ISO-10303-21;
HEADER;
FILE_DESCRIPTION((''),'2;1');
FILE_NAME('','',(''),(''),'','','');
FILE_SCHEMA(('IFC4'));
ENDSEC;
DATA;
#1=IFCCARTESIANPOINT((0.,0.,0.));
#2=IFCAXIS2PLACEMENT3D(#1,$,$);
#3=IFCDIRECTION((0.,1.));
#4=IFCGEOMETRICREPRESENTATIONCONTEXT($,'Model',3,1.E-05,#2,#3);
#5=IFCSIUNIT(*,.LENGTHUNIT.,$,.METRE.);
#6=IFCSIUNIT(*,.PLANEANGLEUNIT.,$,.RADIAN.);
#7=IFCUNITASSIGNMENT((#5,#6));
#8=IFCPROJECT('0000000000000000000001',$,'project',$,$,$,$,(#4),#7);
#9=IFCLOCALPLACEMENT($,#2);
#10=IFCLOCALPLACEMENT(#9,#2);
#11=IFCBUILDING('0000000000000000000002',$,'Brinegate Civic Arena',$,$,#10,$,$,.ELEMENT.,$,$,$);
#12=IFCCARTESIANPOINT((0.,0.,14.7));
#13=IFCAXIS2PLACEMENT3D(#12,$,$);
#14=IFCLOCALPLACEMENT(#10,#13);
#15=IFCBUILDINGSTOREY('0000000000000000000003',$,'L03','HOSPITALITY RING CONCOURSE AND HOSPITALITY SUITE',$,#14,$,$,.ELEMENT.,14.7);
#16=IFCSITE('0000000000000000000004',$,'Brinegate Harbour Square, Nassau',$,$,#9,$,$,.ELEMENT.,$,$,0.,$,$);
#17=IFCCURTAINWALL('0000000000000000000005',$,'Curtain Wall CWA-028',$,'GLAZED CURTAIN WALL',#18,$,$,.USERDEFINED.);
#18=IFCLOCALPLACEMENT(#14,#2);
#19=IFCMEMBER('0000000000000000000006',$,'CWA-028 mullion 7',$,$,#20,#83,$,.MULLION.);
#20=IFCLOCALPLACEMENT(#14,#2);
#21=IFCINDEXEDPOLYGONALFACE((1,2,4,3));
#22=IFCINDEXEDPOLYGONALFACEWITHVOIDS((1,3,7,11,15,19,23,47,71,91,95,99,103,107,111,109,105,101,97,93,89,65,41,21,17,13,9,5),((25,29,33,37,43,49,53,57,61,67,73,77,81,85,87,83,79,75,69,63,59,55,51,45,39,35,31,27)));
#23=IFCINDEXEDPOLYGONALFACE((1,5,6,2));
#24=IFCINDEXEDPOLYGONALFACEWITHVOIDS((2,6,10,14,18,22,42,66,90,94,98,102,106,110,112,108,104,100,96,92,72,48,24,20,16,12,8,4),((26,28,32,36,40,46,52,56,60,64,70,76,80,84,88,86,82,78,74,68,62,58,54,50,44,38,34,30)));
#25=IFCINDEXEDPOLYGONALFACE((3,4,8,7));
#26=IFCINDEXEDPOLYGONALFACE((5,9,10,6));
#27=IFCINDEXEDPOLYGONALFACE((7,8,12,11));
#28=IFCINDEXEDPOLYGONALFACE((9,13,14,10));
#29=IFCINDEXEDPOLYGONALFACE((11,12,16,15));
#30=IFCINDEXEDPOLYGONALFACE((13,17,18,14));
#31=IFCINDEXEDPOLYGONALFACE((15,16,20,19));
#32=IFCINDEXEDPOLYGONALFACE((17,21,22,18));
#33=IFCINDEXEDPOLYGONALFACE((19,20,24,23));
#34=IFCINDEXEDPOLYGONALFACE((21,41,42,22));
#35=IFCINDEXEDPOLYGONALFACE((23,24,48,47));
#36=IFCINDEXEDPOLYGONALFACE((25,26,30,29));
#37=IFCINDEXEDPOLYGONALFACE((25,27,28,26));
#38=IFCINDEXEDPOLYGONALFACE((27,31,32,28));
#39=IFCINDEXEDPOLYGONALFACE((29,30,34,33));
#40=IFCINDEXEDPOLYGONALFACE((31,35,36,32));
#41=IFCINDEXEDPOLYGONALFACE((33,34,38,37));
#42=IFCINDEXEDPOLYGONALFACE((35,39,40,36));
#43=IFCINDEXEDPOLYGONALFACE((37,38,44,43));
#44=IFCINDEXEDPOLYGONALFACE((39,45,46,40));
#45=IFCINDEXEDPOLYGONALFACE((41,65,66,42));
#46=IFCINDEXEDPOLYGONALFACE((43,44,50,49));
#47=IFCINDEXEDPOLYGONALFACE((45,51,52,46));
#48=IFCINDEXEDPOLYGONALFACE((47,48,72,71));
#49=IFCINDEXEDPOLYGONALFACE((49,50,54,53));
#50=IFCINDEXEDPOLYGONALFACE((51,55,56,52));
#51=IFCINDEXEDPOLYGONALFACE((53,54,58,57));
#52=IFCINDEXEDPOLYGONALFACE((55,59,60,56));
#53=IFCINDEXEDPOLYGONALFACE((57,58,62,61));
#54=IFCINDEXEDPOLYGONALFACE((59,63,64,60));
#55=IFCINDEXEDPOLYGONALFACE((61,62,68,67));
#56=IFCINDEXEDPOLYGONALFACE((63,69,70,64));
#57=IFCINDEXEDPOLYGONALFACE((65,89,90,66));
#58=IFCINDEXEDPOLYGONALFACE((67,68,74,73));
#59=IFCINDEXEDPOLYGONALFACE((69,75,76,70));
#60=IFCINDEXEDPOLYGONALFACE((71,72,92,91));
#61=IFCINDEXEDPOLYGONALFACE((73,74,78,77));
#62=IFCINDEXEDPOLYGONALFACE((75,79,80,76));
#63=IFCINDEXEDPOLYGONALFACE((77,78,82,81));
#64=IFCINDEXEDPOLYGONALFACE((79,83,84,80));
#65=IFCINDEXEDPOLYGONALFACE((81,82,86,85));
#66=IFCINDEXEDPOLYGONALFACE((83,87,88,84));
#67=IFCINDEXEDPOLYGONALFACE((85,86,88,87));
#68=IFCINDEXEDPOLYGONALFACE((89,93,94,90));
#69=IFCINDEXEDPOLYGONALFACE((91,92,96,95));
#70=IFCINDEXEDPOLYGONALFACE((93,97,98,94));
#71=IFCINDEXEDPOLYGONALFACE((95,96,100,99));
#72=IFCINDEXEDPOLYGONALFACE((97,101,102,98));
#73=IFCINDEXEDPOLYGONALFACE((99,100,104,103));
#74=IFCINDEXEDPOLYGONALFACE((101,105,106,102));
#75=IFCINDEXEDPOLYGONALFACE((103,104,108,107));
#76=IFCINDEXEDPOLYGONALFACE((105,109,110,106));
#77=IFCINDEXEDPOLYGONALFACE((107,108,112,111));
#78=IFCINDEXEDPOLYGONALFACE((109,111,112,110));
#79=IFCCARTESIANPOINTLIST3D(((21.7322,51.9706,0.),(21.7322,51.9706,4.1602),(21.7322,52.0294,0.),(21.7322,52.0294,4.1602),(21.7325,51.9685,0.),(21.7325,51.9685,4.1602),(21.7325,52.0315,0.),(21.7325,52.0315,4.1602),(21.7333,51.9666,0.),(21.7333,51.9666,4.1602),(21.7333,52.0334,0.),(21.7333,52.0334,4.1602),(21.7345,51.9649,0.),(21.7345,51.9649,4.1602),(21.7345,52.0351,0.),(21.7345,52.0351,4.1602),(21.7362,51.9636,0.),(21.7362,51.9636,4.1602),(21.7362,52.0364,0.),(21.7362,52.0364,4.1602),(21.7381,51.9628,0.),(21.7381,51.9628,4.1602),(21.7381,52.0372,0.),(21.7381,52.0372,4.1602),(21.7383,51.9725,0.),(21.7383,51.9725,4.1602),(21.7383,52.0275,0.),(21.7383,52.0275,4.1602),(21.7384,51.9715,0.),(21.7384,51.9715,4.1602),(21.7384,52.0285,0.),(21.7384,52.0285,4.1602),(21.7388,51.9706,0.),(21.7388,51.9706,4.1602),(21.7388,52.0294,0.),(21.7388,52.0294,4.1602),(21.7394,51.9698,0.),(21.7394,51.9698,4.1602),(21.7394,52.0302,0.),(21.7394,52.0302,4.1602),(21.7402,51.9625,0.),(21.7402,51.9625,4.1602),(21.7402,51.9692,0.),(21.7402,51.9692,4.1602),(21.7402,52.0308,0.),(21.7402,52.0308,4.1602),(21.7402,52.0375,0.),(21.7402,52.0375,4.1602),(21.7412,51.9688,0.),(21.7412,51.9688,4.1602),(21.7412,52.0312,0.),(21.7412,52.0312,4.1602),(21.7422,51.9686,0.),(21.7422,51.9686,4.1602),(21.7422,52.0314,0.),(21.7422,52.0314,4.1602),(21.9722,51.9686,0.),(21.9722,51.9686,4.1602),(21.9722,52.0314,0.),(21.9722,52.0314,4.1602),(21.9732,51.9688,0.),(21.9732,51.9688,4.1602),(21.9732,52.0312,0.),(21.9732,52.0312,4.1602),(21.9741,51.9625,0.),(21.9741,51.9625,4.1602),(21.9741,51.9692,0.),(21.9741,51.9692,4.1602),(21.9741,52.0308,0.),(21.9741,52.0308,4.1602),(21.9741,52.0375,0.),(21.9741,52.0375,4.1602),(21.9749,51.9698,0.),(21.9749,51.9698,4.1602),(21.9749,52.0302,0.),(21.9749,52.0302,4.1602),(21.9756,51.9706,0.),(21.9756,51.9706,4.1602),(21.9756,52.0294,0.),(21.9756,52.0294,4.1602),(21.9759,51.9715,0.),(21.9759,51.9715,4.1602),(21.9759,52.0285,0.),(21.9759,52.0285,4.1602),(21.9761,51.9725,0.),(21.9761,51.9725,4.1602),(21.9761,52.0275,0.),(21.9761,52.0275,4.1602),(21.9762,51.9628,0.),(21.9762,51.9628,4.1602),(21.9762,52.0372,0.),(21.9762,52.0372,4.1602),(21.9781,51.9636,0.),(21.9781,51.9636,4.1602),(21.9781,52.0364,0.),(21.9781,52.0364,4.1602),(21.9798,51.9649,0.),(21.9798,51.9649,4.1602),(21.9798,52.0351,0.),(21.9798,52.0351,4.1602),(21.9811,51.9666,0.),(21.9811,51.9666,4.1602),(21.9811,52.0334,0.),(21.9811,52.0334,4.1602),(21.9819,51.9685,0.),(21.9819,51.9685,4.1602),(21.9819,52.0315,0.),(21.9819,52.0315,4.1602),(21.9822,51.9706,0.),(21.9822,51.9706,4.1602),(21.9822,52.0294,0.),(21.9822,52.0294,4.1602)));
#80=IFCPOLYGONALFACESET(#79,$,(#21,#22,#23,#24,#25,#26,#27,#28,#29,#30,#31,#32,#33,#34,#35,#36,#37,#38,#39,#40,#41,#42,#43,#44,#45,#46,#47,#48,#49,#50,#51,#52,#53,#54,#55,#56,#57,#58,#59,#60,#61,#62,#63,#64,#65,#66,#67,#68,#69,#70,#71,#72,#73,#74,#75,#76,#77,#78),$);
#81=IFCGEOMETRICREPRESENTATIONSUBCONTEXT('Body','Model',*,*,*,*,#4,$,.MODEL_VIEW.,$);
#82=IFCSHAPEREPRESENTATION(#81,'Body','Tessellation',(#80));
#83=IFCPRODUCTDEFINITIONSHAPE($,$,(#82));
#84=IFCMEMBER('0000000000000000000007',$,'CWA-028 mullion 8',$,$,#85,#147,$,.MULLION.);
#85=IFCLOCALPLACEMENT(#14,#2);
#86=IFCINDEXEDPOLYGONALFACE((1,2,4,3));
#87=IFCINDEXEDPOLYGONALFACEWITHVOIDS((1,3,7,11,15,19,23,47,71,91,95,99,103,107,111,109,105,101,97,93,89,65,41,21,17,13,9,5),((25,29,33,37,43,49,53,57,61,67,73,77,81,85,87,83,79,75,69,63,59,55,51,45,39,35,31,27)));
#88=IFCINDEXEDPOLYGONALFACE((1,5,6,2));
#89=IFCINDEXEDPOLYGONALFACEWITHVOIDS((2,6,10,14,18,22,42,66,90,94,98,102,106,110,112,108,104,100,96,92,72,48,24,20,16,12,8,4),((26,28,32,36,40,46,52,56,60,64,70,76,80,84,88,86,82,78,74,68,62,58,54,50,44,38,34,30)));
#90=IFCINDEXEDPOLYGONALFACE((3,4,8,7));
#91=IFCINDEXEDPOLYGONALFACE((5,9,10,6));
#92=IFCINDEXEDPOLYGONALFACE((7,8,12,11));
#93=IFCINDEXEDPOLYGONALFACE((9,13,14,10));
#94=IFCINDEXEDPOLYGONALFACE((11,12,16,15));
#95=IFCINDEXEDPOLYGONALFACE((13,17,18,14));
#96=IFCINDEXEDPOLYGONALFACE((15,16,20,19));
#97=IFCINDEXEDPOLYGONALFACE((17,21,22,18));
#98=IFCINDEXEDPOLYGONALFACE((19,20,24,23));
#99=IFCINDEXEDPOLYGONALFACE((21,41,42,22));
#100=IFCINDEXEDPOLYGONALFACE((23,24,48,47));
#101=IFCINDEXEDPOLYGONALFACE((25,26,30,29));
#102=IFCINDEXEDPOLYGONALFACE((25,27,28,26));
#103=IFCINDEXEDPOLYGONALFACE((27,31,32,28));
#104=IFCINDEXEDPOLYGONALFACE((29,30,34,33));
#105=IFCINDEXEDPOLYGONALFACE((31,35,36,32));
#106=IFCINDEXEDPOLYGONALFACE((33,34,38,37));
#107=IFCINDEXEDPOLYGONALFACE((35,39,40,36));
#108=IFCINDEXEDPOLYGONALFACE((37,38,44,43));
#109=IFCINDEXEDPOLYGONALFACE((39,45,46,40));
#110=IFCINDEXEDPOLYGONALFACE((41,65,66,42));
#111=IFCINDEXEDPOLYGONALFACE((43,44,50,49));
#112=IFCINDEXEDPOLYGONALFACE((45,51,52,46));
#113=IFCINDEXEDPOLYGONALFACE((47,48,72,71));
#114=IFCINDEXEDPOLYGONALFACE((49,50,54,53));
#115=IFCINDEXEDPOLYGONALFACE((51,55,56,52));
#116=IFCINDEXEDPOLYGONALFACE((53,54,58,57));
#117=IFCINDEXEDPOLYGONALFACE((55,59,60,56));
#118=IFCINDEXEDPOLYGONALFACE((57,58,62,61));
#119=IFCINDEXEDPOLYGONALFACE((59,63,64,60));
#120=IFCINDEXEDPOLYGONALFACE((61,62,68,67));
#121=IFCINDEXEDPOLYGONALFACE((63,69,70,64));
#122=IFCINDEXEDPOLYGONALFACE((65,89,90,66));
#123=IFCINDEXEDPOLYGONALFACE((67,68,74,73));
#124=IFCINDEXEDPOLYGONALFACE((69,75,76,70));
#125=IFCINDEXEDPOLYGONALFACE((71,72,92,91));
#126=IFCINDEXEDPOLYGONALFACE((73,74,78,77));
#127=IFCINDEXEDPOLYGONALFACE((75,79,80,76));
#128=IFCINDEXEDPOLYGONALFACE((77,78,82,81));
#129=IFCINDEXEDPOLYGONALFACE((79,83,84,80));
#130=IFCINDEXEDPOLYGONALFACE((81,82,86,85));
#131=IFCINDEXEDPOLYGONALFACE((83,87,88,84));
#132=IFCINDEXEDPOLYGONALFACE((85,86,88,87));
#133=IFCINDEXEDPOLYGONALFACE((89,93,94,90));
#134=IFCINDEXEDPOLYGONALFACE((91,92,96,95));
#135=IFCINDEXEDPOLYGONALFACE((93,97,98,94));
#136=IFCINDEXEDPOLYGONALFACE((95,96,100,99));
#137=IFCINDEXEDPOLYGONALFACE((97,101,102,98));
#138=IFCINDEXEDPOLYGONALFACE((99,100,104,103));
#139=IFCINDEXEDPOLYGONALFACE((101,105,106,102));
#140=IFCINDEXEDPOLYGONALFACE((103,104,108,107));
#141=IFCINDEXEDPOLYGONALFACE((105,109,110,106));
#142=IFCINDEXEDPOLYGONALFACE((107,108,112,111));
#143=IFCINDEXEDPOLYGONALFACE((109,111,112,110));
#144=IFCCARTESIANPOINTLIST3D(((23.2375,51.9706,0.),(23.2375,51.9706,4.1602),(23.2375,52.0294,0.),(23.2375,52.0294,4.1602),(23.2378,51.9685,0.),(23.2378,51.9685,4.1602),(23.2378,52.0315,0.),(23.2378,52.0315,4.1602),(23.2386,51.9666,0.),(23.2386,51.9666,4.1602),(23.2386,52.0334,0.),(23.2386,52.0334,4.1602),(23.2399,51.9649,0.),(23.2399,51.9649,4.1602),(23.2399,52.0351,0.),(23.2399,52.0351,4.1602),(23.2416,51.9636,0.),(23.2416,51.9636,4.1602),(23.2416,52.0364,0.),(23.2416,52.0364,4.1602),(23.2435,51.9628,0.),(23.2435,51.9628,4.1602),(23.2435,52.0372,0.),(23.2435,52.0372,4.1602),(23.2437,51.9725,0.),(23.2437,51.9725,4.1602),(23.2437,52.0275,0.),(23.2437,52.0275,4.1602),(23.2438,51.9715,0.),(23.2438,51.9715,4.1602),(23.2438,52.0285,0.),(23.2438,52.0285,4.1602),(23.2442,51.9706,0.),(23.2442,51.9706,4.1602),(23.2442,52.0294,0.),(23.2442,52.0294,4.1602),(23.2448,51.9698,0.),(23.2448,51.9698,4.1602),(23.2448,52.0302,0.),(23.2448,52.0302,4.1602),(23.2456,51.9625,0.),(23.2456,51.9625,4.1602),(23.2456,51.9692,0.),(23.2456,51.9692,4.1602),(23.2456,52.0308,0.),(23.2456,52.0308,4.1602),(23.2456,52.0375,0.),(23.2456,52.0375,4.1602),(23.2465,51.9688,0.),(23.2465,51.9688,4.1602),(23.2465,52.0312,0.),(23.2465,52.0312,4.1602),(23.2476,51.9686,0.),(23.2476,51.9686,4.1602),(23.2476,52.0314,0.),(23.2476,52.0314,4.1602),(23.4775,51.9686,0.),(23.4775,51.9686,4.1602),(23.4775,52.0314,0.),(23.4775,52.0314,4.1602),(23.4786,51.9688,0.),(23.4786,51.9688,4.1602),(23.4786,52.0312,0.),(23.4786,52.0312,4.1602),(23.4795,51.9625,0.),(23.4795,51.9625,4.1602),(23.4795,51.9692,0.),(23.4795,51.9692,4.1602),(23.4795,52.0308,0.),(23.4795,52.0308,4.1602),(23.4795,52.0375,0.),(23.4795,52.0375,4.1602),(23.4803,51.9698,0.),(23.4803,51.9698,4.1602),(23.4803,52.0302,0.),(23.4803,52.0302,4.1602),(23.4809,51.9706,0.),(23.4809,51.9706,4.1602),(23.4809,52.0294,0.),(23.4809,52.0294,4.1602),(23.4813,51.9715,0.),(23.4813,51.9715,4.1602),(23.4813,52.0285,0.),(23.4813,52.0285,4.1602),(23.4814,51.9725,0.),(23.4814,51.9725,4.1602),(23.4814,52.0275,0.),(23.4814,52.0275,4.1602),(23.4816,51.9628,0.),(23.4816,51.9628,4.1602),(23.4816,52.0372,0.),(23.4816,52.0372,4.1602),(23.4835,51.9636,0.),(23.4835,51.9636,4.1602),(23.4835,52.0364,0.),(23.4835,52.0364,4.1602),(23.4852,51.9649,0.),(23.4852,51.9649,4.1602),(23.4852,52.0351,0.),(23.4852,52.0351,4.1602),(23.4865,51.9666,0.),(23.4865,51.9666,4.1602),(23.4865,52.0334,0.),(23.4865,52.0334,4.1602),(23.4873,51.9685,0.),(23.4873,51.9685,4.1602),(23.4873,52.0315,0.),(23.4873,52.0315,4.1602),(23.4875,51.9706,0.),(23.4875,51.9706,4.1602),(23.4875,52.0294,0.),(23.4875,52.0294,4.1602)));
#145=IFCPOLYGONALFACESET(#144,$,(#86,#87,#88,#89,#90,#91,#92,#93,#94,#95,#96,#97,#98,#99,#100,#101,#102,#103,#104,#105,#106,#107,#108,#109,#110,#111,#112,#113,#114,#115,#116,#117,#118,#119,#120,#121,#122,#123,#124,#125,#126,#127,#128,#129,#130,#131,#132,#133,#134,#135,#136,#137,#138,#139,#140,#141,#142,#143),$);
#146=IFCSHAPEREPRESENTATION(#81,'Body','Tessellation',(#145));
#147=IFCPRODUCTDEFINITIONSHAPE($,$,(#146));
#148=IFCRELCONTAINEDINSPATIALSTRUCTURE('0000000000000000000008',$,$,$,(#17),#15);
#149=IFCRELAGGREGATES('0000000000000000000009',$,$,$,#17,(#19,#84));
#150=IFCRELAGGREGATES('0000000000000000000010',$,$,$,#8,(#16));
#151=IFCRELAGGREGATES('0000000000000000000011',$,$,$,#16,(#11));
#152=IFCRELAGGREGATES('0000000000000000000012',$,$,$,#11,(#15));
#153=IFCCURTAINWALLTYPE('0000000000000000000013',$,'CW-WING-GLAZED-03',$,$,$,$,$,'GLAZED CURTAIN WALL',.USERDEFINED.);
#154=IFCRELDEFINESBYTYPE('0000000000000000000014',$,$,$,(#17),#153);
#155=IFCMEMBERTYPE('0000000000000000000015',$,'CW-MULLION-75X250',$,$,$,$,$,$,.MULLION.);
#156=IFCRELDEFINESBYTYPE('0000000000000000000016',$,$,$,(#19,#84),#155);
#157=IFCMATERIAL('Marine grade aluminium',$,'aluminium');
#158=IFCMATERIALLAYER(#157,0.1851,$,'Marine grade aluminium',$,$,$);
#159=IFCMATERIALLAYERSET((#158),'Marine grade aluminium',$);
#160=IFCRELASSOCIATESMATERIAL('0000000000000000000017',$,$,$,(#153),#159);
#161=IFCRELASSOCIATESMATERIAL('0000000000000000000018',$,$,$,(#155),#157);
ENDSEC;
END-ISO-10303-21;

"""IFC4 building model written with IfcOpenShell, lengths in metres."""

from ifc_helpers import new_model, si_unit, direction, frame, origin, origin_2d, place, context, subcontext, project, spatial, hollow_rectangle, extrude, material, layer, layer_set, material_profile, profile_set, type_object, element, aggregate, save


model = new_model("IFC4")

# Units and contexts
model_context = context("Model", 3, precision=1e-05, world=origin(), true_north=direction((0.0, 1.0)))
body_context = subcontext(model_context, "Body", "Model", "MODEL_VIEW")
ifc_project = project(units=[si_unit("LENGTHUNIT", "METRE"), si_unit("PLANEANGLEUNIT", "RADIAN")], contexts=[model_context])

# Site, building, storey
site_placement = place(None, origin())
site = spatial("IfcSite", under=ifc_project, at=site_placement, Name="Brinegate Harbour Square, Nassau", CompositionType="ELEMENT", RefElevation=0.0)
building_placement = place(site_placement, origin())
building = spatial("IfcBuilding", under=site, at=building_placement, Name="Brinegate Civic Arena", CompositionType="ELEMENT")
storey_placement = place(building_placement, frame((0.0, 0.0, 14.7)))
storey = spatial("IfcBuildingStorey", under=building, at=storey_placement, Name="L03", Description="HOSPITALITY RING CONCOURSE AND HOSPITALITY SUITE", CompositionType="ELEMENT", Elevation=14.7)

# Curtain wall, members
ifc_material_1 = material(Name="Marine grade aluminium", Category="aluminium")
ifc_layer_1 = layer(ifc_material_1, 0.1851, Name="Marine grade aluminium")
ifc_layer_set_1 = layer_set([ifc_layer_1], Name="Marine grade aluminium")
curtain_wall_type = type_object("IfcCurtainWallType", Name="CW-WING-GLAZED-03", ElementType="GLAZED CURTAIN WALL", PredefinedType="USERDEFINED", material=ifc_layer_set_1)
curtain_wall_1_placement = place(storey_placement, origin())
curtain_wall_1 = element("IfcCurtainWall", 1, at=curtain_wall_1_placement, inside=storey, type_object=curtain_wall_type, Name="Curtain Wall CWA-028", ObjectType="GLAZED CURTAIN WALL", PredefinedType="USERDEFINED")
ifc_material_profile_1 = material_profile(ifc_material_1, hollow_rectangle(XDim=0.075, YDim=0.25, WallThickness=0.0061, InnerFilletRadius=0.0039, OuterFilletRadius=0.0081, at=origin_2d()), Name="MUL75X250")
ifc_profile_set_1 = profile_set([ifc_material_profile_1], Name="Marine grade aluminium")
member_type_1 = type_object("IfcMemberType", Name="CW-MULLION-75X250", PredefinedType="MULLION", material=ifc_profile_set_1)
member_1_placement = place(storey_placement, frame((21.8572, 52.0, 0.0), z_axis=(0.0, 0.0, 1.0), x_axis=(0.0, 1.0, 0.0)))
member_1 = element("IfcMember", 2, at=member_1_placement, type_object=member_type_1, Name="CWA-028 mullion 7", PredefinedType="MULLION", context=body_context, shape_type="SweptSolid", body=[
    extrude(hollow_rectangle(XDim=0.075, YDim=0.25, WallThickness=0.0061, InnerFilletRadius=0.0039, OuterFilletRadius=0.0081, at=origin_2d()), origin(), (0.0, 0.0, 1.0), 4.1602),
])
member_2_placement = place(storey_placement, frame((23.3625, 52.0, 0.0), z_axis=(0.0, 0.0, 1.0), x_axis=(0.0, 1.0, 0.0)))
member_2 = element("IfcMember", 3, at=member_2_placement, type_object=member_type_1, Name="CWA-028 mullion 8", PredefinedType="MULLION", context=body_context, shape_type="SweptSolid", body=[
    extrude(hollow_rectangle(XDim=0.075, YDim=0.25, WallThickness=0.0061, InnerFilletRadius=0.0039, OuterFilletRadius=0.0081, at=origin_2d()), origin(), (0.0, 0.0, 1.0), 4.1602),
])

aggregate(curtain_wall_1, [member_1, member_2])

save(model, "model.ifc")
